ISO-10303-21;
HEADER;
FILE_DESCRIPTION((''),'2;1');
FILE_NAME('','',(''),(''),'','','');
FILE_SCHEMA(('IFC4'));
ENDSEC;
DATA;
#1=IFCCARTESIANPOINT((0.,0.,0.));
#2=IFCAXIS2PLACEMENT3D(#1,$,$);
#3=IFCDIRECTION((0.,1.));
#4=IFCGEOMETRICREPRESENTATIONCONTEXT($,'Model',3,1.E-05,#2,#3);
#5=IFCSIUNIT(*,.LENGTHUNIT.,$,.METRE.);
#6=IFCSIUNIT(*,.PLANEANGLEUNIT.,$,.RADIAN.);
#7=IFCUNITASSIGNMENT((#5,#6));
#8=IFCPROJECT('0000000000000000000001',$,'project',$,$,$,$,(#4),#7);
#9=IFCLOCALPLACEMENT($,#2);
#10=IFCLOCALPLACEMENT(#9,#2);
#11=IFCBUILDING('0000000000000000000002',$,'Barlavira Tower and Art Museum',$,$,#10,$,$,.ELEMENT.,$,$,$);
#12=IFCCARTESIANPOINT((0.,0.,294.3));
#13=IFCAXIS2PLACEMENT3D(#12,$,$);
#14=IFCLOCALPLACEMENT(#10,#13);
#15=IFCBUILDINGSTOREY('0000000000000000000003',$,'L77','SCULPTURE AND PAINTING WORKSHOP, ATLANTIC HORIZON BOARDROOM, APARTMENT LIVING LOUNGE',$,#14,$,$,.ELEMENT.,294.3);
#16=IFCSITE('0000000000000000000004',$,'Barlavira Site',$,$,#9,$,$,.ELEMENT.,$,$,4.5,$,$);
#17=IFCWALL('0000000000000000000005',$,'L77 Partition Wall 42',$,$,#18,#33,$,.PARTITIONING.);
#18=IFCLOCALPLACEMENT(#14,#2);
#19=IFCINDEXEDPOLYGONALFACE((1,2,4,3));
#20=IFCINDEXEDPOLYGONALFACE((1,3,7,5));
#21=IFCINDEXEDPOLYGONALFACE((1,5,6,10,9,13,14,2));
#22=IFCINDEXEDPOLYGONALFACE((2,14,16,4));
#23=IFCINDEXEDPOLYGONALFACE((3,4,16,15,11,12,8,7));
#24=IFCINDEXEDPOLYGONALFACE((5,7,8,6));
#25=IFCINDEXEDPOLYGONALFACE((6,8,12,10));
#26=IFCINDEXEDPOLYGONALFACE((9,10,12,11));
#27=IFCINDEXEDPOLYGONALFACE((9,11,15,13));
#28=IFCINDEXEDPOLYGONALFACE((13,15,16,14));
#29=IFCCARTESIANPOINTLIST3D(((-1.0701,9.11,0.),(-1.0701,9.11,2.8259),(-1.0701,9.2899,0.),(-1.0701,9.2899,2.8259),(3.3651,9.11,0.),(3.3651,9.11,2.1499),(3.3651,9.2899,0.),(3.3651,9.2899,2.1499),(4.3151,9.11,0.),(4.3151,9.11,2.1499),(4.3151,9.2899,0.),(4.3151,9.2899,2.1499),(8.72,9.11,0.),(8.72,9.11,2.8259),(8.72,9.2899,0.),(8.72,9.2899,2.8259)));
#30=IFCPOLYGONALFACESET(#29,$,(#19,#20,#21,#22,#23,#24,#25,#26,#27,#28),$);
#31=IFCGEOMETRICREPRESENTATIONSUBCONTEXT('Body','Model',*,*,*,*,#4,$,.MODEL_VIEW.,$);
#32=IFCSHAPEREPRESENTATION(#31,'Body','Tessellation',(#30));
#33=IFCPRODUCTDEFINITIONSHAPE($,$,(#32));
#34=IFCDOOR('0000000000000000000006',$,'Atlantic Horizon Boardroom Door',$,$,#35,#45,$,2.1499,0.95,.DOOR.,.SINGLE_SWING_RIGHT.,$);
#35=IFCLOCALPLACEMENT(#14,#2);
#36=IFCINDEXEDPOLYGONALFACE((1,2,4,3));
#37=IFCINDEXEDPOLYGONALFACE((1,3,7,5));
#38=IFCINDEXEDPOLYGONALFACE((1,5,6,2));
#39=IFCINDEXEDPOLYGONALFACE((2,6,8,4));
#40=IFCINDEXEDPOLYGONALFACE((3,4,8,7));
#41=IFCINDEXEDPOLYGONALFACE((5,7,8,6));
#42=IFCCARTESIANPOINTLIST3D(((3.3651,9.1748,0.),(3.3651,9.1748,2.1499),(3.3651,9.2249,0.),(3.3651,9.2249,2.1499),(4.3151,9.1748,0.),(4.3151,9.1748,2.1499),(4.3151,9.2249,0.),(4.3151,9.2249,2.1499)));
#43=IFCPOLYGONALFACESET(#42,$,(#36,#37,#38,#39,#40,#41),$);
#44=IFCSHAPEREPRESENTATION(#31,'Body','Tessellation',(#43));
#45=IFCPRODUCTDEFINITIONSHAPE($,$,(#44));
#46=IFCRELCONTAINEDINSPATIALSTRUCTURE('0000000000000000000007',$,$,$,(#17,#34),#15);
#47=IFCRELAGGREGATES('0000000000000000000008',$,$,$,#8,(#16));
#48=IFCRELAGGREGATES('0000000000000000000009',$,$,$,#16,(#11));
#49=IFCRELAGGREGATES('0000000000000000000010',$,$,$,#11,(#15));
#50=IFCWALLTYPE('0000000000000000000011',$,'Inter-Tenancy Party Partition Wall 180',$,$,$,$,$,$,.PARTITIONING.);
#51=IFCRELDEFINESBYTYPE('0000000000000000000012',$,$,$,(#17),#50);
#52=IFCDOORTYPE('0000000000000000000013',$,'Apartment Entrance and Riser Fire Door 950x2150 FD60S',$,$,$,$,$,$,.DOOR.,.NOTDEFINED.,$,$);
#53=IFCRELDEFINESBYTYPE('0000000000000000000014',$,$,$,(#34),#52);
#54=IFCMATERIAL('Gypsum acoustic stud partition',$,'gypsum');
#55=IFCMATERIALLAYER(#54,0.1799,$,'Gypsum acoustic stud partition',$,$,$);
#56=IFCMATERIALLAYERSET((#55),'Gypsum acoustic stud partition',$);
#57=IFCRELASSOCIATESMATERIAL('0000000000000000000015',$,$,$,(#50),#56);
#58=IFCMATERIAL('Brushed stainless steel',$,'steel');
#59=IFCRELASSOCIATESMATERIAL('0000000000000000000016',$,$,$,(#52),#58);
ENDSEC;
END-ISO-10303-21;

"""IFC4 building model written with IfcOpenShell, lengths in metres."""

from ifc_helpers import new_model, si_unit, direction, frame, frame_2d, origin, place, context, subcontext, project, spatial, rectangle, extrude, material, layer, layer_set, type_object, element, fill, save


model = new_model("IFC4")

# Units and contexts
model_context = context("Model", 3, precision=1e-05, world=origin(), true_north=direction((0.0, 1.0)))
body_context = subcontext(model_context, "Body", "Model", "MODEL_VIEW")
ifc_project = project(units=[si_unit("LENGTHUNIT", "METRE"), si_unit("PLANEANGLEUNIT", "RADIAN")], contexts=[model_context])

# Site, building, storey
site_placement = place(None, origin())
site = spatial("IfcSite", under=ifc_project, at=site_placement, Name="Barlavira Site", CompositionType="ELEMENT", RefElevation=4.5)
building_placement = place(site_placement, origin())
building = spatial("IfcBuilding", under=site, at=building_placement, Name="Barlavira Tower and Art Museum", CompositionType="ELEMENT")
storey_placement = place(building_placement, frame((0.0, 0.0, 294.3)))
storey = spatial("IfcBuildingStorey", under=building, at=storey_placement, Name="L77", Description="SCULPTURE AND PAINTING WORKSHOP, ATLANTIC HORIZON BOARDROOM, APARTMENT LIVING LOUNGE", CompositionType="ELEMENT", Elevation=294.3)

# Shared definitions
ifc_material_1 = material(Name="Brushed stainless steel", Category="steel")

# Shared definitions
ifc_material_2 = material(Name="Gypsum acoustic stud partition", Category="gypsum")
ifc_layer_1 = layer(ifc_material_2, 0.1799, Name="Gypsum acoustic stud partition")
ifc_layer_set_1 = layer_set([ifc_layer_1], Name="Gypsum acoustic stud partition")
wall_type_1 = type_object("IfcWallType", Name="Inter-Tenancy Party Partition Wall 180", PredefinedType="PARTITIONING", material=ifc_layer_set_1)

# Wall, opening, door
door_type_1 = type_object("IfcDoorType", Name="Apartment Entrance and Riser Fire Door 950x2150 FD60S", OperationType="NOTDEFINED", PredefinedType="DOOR", material=ifc_material_1)
wall_1_placement = place(storey_placement, frame((-1.0701, 9.2, 0.0), z_axis=(0.0, 0.0, 1.0), x_axis=(1.0, 0.0, 0.0)))
wall_1 = element("IfcWall", 1, at=wall_1_placement, inside=storey, type_object=wall_type_1, Name="L77 Partition Wall 42", PredefinedType="PARTITIONING", context=body_context, shape_type="SweptSolid", body=[
    extrude(rectangle(XDim=9.79, YDim=0.1799, at=frame_2d((4.895, 0.0))), origin(), (0.0, 0.0, 1.0), 2.8259),
])
opening_1_placement = place(wall_1_placement, frame((4.4351, 0.0, 0.0)))
opening_1 = element("IfcOpeningElement", 2, at=opening_1_placement, cuts=wall_1, PredefinedType="OPENING", context=body_context, shape_type="SweptSolid", body=[
    extrude(rectangle(XDim=0.95, YDim=2.1499, at=frame_2d((0.4751, 1.075))), frame((0.0, 0.1001, 0.0), z_axis=(0.0, -1.0, 0.0), x_axis=(1.0, 0.0, 0.0)), (0.0, 0.0, 1.0), 0.2),
])
door_1_placement = place(opening_1_placement, origin())
door_1 = element("IfcDoor", 3, at=door_1_placement, inside=storey, type_object=door_type_1, Name="Atlantic Horizon Boardroom Door", OperationType="SINGLE_SWING_RIGHT", OverallHeight=2.1499, OverallWidth=0.95, PredefinedType="DOOR", context=body_context, shape_type="SweptSolid", body=[
    extrude(rectangle(XDim=0.95, YDim=2.1499, at=frame_2d((0.4751, 1.075))), frame((0.0, 0.0249, 0.0), z_axis=(0.0, -1.0, 0.0), x_axis=(1.0, 0.0, 0.0)), (0.0, 0.0, 1.0), 0.05),
])
fill(opening_1, door_1)

save(model, "model.ifc")
